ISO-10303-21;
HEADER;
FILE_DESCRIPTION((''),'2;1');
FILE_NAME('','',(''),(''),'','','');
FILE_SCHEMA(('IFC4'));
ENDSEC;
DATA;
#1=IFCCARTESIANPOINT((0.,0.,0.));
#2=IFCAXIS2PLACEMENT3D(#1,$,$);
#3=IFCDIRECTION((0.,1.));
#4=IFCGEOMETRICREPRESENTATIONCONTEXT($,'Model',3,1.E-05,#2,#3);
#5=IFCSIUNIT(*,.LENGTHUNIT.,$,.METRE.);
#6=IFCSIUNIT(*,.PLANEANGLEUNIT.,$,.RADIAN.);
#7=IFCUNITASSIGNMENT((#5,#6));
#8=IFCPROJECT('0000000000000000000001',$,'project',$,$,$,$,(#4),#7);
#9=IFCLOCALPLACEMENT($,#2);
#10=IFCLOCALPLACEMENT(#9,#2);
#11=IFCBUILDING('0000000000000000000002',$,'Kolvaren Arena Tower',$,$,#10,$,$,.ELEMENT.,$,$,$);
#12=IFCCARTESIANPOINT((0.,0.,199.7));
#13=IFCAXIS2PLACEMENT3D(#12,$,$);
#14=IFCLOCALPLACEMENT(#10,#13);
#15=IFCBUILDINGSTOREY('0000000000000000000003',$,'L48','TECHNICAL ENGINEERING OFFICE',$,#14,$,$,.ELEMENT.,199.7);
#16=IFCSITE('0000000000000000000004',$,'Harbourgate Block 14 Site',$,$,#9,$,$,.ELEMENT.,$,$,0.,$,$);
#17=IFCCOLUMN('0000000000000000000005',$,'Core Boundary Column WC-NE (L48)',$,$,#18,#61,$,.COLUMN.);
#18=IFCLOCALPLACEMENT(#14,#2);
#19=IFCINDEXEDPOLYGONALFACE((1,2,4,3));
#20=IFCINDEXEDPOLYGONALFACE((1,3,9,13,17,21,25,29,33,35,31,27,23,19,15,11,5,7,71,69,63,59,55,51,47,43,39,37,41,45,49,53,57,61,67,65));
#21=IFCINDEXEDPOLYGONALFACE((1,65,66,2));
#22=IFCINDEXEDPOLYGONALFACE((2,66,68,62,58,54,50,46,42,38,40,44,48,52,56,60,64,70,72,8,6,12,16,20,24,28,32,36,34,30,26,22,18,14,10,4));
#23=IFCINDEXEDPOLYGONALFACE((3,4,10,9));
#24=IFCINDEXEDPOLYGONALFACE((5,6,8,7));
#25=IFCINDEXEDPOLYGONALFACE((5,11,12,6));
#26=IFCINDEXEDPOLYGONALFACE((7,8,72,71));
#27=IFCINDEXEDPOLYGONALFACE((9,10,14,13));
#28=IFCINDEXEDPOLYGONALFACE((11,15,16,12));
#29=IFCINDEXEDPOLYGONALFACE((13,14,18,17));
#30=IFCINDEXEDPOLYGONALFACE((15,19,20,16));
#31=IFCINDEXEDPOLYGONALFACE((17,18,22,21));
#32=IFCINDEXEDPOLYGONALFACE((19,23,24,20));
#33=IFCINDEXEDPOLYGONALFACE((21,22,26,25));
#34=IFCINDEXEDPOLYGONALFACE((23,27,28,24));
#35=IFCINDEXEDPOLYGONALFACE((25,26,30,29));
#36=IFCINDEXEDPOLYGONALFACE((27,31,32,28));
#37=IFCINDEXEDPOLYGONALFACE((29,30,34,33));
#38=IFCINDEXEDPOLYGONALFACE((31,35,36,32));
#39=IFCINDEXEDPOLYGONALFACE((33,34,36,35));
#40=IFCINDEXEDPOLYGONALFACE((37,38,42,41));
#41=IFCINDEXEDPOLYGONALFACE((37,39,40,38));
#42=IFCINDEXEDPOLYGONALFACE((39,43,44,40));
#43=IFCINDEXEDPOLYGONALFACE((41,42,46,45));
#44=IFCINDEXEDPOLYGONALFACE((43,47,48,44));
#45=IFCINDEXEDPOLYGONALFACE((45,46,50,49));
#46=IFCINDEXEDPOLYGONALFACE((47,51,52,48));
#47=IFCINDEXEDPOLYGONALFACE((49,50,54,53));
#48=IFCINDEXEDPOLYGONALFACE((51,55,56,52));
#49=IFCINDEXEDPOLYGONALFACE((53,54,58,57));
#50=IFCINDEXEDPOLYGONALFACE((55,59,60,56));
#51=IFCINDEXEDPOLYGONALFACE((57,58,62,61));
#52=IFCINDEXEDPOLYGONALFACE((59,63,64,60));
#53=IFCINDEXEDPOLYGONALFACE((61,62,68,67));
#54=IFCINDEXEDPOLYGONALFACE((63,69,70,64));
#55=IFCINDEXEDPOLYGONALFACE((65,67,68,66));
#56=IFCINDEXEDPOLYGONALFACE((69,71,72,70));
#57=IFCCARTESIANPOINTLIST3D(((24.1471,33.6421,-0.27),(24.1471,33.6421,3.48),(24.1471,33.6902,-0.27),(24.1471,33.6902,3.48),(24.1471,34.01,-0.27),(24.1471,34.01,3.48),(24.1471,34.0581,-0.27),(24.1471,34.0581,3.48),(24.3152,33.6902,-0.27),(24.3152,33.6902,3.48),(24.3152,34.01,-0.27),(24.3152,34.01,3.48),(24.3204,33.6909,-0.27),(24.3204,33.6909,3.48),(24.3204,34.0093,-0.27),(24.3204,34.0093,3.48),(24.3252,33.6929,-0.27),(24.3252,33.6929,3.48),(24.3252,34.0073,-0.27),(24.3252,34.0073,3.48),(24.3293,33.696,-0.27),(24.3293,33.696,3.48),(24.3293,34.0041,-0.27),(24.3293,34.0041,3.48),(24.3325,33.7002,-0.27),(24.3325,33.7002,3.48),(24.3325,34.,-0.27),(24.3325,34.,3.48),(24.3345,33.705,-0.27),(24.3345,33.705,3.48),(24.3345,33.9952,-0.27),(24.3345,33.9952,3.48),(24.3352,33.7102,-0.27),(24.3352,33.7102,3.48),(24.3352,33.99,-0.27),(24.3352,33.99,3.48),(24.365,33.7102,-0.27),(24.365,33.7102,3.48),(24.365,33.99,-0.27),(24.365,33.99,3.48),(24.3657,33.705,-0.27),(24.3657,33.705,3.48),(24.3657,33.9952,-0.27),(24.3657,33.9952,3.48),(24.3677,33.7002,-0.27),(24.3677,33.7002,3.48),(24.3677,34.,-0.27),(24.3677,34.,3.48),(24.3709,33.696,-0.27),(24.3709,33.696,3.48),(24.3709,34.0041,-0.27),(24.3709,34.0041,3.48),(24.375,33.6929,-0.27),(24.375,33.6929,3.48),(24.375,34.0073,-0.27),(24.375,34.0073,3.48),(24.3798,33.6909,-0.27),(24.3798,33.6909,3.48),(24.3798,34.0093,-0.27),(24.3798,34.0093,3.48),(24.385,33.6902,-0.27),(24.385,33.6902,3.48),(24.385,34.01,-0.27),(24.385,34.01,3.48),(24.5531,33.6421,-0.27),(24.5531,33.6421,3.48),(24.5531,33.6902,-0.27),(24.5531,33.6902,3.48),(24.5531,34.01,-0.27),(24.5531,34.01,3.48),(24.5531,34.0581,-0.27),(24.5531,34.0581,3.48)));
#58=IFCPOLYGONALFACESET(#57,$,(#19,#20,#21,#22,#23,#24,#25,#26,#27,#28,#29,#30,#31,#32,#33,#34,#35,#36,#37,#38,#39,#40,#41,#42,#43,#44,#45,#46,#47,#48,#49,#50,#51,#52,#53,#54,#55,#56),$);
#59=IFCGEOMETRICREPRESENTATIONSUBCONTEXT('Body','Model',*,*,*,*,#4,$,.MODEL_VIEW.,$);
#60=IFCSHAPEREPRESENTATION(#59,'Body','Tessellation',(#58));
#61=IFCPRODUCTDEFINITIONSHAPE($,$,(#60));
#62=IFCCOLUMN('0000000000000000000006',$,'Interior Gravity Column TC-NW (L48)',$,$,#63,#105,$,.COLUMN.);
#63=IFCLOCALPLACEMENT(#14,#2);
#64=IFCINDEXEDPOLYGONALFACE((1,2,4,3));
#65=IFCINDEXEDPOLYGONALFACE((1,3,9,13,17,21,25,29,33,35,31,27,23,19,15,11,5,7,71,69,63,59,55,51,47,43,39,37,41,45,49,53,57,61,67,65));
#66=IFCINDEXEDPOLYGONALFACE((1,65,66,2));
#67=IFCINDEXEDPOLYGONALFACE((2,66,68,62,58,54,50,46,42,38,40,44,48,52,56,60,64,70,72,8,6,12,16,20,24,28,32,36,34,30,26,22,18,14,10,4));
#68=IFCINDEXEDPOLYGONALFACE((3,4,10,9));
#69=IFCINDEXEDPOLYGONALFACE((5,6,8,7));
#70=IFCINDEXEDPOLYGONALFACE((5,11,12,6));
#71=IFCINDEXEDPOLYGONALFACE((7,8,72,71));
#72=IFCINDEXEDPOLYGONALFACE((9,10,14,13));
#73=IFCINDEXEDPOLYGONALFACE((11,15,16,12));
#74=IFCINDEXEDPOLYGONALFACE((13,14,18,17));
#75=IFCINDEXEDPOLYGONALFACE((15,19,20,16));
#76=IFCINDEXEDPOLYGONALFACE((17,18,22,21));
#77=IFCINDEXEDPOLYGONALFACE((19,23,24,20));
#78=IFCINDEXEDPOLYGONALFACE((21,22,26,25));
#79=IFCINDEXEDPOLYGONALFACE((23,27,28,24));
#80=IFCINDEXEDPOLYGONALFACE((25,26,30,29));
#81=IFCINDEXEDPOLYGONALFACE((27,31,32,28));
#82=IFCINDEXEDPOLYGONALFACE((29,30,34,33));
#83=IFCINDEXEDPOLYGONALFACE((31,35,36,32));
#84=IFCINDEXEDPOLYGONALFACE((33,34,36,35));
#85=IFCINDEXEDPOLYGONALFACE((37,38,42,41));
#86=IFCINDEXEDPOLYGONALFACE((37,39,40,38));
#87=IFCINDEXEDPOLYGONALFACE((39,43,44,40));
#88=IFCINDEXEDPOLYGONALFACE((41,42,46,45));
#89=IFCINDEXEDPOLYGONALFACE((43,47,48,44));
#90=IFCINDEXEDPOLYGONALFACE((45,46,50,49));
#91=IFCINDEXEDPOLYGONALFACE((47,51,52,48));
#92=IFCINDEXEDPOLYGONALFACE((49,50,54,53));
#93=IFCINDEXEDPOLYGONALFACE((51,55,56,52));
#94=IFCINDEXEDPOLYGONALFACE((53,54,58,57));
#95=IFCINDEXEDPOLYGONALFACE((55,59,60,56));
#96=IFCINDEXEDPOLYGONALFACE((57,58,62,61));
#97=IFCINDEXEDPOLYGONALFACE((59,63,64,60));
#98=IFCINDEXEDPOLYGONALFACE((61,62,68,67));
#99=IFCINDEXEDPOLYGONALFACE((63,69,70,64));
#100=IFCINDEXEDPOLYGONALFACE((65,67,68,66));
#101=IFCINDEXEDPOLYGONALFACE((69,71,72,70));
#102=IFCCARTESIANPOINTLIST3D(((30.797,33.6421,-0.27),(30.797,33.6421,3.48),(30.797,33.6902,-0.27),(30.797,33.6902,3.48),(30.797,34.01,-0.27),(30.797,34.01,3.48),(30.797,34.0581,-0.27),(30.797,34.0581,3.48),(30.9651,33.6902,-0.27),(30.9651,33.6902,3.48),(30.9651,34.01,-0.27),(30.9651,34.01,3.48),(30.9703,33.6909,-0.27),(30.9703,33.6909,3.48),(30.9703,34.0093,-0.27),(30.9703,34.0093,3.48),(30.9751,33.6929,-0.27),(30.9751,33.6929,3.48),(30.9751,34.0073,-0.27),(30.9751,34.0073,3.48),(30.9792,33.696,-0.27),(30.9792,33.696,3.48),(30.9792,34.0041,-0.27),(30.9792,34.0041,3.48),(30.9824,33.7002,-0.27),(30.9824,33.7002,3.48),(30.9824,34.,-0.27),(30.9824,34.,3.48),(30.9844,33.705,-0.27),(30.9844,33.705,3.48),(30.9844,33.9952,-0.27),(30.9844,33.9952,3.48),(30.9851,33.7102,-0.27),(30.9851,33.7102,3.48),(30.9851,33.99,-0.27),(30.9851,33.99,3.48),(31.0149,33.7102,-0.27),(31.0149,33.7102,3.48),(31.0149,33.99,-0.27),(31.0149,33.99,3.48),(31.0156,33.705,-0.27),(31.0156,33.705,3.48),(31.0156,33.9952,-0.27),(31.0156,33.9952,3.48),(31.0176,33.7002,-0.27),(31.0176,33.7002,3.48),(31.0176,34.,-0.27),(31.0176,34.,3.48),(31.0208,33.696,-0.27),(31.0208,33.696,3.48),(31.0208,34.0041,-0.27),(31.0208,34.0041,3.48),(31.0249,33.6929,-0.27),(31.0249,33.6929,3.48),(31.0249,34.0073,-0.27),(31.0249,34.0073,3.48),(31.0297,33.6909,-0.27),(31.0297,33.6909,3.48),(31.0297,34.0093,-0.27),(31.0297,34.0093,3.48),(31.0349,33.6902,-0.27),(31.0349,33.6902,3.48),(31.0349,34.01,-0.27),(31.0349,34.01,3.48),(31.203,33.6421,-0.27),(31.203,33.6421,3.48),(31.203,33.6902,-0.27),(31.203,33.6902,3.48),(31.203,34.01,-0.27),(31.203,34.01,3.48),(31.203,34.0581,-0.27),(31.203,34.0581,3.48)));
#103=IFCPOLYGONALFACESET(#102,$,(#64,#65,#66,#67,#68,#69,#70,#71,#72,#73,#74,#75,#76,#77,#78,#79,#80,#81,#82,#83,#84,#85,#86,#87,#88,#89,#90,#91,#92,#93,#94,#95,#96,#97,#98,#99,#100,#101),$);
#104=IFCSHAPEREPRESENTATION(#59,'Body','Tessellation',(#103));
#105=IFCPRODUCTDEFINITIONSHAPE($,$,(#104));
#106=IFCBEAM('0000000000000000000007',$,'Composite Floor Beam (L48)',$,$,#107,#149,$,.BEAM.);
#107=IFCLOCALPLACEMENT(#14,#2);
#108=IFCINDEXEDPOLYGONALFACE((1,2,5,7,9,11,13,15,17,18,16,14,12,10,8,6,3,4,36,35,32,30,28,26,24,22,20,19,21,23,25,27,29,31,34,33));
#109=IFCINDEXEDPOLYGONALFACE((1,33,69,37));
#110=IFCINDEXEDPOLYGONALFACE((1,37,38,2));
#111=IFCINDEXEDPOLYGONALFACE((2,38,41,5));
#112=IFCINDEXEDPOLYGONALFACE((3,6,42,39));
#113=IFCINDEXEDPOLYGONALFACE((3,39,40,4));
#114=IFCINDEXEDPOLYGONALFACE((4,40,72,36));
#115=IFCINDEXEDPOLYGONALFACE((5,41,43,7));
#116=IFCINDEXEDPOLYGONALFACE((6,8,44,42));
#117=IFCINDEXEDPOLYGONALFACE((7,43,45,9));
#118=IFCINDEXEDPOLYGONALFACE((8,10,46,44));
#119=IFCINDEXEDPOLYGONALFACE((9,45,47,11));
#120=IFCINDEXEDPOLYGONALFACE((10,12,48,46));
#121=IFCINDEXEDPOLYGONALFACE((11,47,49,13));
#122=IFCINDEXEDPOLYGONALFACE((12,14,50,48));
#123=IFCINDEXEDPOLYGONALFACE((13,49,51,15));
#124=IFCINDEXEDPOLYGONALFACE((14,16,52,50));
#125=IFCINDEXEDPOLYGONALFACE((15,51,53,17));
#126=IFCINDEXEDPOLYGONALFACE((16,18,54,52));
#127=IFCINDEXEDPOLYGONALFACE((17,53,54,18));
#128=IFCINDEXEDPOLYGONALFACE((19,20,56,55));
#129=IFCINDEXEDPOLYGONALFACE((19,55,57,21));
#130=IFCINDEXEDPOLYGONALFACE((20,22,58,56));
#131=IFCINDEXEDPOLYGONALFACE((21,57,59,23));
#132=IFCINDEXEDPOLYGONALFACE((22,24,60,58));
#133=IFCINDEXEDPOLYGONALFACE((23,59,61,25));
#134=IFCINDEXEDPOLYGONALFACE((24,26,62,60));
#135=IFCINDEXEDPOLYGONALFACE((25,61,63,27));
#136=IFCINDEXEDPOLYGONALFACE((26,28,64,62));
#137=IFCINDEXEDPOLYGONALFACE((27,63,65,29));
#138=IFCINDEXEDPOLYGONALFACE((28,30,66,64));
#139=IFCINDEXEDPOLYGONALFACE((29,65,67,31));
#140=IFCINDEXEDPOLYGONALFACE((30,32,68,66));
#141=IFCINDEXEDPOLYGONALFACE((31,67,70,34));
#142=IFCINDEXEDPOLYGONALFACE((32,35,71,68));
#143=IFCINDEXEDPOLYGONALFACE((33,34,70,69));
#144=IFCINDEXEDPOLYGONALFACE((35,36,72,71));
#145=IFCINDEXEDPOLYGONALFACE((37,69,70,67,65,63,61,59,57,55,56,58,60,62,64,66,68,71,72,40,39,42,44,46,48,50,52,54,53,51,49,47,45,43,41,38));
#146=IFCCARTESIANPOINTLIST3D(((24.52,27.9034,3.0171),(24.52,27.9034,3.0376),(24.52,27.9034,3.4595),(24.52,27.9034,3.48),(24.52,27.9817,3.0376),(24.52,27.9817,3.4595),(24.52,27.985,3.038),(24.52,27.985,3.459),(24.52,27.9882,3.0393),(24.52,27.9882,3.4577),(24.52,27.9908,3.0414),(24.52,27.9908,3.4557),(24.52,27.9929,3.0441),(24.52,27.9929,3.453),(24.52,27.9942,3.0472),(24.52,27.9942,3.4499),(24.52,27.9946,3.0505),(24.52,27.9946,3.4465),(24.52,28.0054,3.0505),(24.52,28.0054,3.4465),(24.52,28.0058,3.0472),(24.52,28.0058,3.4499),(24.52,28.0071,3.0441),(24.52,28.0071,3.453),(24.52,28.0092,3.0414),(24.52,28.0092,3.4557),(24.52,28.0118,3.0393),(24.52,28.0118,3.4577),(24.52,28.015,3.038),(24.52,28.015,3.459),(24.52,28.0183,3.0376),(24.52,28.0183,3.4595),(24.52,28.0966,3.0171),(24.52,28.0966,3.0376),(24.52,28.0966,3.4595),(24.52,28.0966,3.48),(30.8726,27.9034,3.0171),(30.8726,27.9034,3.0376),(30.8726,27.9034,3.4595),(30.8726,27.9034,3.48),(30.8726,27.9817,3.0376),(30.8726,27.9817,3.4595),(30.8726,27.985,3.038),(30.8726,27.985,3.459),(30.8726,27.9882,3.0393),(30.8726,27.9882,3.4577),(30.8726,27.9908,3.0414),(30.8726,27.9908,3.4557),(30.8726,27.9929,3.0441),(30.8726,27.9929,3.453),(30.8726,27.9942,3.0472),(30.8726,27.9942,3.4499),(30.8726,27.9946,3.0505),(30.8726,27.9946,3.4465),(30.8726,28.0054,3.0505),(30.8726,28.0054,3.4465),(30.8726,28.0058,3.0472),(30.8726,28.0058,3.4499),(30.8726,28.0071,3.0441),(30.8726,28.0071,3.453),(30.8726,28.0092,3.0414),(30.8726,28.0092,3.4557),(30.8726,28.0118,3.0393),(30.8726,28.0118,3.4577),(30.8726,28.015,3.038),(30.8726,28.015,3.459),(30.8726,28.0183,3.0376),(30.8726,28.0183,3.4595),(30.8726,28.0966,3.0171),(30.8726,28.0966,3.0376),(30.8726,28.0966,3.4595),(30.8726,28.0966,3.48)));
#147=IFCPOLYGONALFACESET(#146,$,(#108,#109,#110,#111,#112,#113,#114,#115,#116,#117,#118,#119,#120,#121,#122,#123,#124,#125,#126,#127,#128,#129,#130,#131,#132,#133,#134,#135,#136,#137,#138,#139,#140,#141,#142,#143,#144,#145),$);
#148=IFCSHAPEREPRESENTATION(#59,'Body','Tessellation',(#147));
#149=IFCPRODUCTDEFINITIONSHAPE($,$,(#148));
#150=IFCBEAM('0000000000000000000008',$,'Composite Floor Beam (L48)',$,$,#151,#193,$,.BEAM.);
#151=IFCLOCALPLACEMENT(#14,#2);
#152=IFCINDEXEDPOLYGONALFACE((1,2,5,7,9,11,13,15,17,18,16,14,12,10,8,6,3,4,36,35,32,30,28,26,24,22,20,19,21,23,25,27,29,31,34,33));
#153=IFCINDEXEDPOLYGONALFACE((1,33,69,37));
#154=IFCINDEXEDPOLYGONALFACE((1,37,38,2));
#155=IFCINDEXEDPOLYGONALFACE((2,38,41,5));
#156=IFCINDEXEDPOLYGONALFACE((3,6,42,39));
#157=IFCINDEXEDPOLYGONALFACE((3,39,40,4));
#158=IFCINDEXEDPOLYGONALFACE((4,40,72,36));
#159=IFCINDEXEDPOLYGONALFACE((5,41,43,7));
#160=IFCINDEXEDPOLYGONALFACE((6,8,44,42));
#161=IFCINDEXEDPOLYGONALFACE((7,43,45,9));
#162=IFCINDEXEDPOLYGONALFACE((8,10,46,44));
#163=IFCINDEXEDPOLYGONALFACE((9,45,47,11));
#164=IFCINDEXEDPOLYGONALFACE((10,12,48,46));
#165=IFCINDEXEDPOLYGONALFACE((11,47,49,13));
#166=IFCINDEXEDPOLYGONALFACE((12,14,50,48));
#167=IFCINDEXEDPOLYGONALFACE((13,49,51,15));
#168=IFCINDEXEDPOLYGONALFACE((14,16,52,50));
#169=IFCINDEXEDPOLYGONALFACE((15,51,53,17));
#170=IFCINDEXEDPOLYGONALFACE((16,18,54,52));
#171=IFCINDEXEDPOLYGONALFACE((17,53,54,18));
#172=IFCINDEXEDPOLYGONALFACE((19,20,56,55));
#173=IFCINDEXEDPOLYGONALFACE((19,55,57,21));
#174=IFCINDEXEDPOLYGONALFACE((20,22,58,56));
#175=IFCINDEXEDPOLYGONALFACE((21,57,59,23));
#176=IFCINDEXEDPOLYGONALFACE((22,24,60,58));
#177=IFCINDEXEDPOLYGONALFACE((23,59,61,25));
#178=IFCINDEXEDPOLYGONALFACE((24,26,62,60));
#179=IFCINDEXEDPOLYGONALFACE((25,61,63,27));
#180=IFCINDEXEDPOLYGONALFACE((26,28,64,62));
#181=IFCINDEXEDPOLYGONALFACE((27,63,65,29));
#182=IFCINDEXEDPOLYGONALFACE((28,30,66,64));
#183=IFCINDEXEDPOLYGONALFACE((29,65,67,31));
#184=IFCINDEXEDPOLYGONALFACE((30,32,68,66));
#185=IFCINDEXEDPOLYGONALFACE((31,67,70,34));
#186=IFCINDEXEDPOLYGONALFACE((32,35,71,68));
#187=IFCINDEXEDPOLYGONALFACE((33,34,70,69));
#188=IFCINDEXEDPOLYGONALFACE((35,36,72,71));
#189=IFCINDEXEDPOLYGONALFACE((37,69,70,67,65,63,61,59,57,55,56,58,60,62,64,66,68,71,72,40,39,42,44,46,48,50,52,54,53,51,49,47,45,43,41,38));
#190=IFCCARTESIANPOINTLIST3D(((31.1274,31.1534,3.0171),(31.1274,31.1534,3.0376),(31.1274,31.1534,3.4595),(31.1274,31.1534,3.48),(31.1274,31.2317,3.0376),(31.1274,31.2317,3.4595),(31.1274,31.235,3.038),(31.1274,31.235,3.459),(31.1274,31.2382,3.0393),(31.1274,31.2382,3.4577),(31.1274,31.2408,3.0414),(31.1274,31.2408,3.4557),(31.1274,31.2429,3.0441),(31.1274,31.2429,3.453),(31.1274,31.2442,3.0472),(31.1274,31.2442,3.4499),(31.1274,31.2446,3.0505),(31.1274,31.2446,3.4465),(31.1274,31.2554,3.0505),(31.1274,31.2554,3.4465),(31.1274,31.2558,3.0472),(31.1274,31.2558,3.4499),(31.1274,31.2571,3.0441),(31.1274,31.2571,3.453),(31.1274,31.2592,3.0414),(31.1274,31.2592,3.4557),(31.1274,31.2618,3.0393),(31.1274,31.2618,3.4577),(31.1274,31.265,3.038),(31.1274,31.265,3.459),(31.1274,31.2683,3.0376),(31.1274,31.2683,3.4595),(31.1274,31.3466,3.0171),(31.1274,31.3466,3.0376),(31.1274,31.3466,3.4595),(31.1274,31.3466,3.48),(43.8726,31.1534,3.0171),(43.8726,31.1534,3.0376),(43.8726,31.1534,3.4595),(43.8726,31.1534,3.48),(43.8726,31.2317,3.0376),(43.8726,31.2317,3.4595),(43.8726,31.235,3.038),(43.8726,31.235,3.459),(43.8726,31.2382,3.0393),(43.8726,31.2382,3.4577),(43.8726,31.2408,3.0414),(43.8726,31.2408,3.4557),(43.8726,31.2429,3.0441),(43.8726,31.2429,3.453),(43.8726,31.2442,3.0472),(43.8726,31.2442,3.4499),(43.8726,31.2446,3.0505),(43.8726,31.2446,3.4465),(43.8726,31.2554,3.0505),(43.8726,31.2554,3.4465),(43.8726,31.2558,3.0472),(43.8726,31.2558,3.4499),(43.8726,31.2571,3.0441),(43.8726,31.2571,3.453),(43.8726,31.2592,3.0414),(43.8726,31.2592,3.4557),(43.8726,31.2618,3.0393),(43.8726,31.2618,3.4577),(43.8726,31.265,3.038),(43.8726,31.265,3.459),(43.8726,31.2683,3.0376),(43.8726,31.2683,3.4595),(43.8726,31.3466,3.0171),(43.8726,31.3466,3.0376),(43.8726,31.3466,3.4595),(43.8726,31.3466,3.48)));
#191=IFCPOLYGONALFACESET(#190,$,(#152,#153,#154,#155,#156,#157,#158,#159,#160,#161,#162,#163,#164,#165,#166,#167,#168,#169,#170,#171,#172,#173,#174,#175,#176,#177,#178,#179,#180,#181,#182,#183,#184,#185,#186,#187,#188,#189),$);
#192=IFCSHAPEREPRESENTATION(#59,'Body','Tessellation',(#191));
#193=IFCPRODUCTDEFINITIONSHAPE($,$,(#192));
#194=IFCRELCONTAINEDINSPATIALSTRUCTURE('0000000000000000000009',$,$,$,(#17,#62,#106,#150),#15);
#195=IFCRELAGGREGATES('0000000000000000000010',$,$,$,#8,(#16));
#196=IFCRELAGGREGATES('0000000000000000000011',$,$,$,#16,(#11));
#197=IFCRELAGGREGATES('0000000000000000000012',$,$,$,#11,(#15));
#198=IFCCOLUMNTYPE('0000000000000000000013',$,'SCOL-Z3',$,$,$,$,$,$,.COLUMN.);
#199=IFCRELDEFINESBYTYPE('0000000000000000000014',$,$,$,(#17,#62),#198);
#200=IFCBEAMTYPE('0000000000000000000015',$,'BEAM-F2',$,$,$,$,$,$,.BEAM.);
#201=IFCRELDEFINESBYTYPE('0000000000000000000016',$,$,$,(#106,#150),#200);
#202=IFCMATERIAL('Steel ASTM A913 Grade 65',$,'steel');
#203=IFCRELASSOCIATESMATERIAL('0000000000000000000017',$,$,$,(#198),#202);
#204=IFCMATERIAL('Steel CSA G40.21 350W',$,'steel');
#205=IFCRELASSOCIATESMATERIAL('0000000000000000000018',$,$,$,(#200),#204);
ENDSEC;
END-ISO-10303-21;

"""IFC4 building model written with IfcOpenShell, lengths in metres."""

from ifc_helpers import new_model, si_unit, direction, frame, origin, origin_2d, place, context, subcontext, project, spatial, i_section, extrude, material, material_profile, profile_set, type_object, element, save


model = new_model("IFC4")

# Units and contexts
model_context = context("Model", 3, precision=1e-05, world=origin(), true_north=direction((0.0, 1.0)))
body_context = subcontext(model_context, "Body", "Model", "MODEL_VIEW")
ifc_project = project(units=[si_unit("LENGTHUNIT", "METRE"), si_unit("PLANEANGLEUNIT", "RADIAN")], contexts=[model_context])

# Site, building, storey
site_placement = place(None, origin())
site = spatial("IfcSite", under=ifc_project, at=site_placement, Name="Harbourgate Block 14 Site", CompositionType="ELEMENT", RefElevation=0.0)
building_placement = place(site_placement, origin())
building = spatial("IfcBuilding", under=site, at=building_placement, Name="Kolvaren Arena Tower", CompositionType="ELEMENT")
storey_placement = place(building_placement, frame((0.0, 0.0, 199.7)))
storey = spatial("IfcBuildingStorey", under=building, at=storey_placement, Name="L48", Description="TECHNICAL ENGINEERING OFFICE", CompositionType="ELEMENT", Elevation=199.7)

# Columns
ifc_material_1 = material(Name="Steel ASTM A913 Grade 65", Category="steel")
ifc_material_profile_1 = material_profile(ifc_material_1, i_section(OverallWidth=0.406, OverallDepth=0.416, WebThickness=0.0298, FlangeThickness=0.0481, FilletRadius=0.02, at=origin_2d()), Name="W360x382")
ifc_profile_set_1 = profile_set([ifc_material_profile_1], Name="Steel ASTM A913 Grade 65")
column_type = type_object("IfcColumnType", Name="SCOL-Z3", PredefinedType="COLUMN", material=ifc_profile_set_1)
for number, where, z_axis, x_axis, name in (
    (1, (24.3501, 33.8501, -0.27), (0.0, 0.0, 1.0), (1.0, 0.0, 0.0), "Core Boundary Column WC-NE (L48)"),
    (2, (31.0, 33.8501, -0.27), (0.0, 0.0, 1.0), (1.0, 0.0, 0.0), "Interior Gravity Column TC-NW (L48)"),
):
    element("IfcColumn", number, at=place(storey_placement, frame(where, z_axis=z_axis, x_axis=x_axis)), inside=storey, type_object=column_type, Name=name, PredefinedType="COLUMN", context=body_context, shape_type="SweptSolid", body=[
        extrude(i_section(OverallWidth=0.406, OverallDepth=0.416, WebThickness=0.0298, FlangeThickness=0.0481, FilletRadius=0.02, at=origin_2d()), origin(), (0.0, 0.0, 1.0), 3.75),
    ])

# Beams
ifc_material_2 = material(Name="Steel CSA G40.21 350W", Category="steel")
ifc_material_profile_2 = material_profile(ifc_material_2, i_section(OverallWidth=0.1931, OverallDepth=0.4629, WebThickness=0.0107, FlangeThickness=0.0205, FilletRadius=0.0129, at=origin_2d()), Name="W460x113")
ifc_profile_set_2 = profile_set([ifc_material_profile_2], Name="Steel CSA G40.21 350W")
beam_type_1 = type_object("IfcBeamType", Name="BEAM-F2", PredefinedType="BEAM", material=ifc_profile_set_2)
beam_1_placement = place(storey_placement, frame((24.52, 28.0, 3.2485), z_axis=(1.0, 0.0, 0.0), x_axis=(0.0, 1.0, 0.0)))
element("IfcBeam", 3, at=beam_1_placement, inside=storey, type_object=beam_type_1, Name="Composite Floor Beam (L48)", PredefinedType="BEAM", context=body_context, shape_type="SweptSolid", body=[
    extrude(i_section(OverallWidth=0.1931, OverallDepth=0.4629, WebThickness=0.0107, FlangeThickness=0.0205, FilletRadius=0.0129, at=origin_2d()), origin(), (0.0, 0.0, 1.0), 6.3525),
])
beam_2_placement = place(storey_placement, frame((31.1274, 31.25, 3.2485), z_axis=(1.0, 0.0, 0.0), x_axis=(0.0, 1.0, 0.0)))
element("IfcBeam", 4, at=beam_2_placement, inside=storey, type_object=beam_type_1, Name="Composite Floor Beam (L48)", PredefinedType="BEAM", context=body_context, shape_type="SweptSolid", body=[
    extrude(i_section(OverallWidth=0.1931, OverallDepth=0.4629, WebThickness=0.0107, FlangeThickness=0.0205, FilletRadius=0.0129, at=origin_2d()), origin(), (0.0, 0.0, 1.0), 12.7451),
])

save(model, "model.ifc")
